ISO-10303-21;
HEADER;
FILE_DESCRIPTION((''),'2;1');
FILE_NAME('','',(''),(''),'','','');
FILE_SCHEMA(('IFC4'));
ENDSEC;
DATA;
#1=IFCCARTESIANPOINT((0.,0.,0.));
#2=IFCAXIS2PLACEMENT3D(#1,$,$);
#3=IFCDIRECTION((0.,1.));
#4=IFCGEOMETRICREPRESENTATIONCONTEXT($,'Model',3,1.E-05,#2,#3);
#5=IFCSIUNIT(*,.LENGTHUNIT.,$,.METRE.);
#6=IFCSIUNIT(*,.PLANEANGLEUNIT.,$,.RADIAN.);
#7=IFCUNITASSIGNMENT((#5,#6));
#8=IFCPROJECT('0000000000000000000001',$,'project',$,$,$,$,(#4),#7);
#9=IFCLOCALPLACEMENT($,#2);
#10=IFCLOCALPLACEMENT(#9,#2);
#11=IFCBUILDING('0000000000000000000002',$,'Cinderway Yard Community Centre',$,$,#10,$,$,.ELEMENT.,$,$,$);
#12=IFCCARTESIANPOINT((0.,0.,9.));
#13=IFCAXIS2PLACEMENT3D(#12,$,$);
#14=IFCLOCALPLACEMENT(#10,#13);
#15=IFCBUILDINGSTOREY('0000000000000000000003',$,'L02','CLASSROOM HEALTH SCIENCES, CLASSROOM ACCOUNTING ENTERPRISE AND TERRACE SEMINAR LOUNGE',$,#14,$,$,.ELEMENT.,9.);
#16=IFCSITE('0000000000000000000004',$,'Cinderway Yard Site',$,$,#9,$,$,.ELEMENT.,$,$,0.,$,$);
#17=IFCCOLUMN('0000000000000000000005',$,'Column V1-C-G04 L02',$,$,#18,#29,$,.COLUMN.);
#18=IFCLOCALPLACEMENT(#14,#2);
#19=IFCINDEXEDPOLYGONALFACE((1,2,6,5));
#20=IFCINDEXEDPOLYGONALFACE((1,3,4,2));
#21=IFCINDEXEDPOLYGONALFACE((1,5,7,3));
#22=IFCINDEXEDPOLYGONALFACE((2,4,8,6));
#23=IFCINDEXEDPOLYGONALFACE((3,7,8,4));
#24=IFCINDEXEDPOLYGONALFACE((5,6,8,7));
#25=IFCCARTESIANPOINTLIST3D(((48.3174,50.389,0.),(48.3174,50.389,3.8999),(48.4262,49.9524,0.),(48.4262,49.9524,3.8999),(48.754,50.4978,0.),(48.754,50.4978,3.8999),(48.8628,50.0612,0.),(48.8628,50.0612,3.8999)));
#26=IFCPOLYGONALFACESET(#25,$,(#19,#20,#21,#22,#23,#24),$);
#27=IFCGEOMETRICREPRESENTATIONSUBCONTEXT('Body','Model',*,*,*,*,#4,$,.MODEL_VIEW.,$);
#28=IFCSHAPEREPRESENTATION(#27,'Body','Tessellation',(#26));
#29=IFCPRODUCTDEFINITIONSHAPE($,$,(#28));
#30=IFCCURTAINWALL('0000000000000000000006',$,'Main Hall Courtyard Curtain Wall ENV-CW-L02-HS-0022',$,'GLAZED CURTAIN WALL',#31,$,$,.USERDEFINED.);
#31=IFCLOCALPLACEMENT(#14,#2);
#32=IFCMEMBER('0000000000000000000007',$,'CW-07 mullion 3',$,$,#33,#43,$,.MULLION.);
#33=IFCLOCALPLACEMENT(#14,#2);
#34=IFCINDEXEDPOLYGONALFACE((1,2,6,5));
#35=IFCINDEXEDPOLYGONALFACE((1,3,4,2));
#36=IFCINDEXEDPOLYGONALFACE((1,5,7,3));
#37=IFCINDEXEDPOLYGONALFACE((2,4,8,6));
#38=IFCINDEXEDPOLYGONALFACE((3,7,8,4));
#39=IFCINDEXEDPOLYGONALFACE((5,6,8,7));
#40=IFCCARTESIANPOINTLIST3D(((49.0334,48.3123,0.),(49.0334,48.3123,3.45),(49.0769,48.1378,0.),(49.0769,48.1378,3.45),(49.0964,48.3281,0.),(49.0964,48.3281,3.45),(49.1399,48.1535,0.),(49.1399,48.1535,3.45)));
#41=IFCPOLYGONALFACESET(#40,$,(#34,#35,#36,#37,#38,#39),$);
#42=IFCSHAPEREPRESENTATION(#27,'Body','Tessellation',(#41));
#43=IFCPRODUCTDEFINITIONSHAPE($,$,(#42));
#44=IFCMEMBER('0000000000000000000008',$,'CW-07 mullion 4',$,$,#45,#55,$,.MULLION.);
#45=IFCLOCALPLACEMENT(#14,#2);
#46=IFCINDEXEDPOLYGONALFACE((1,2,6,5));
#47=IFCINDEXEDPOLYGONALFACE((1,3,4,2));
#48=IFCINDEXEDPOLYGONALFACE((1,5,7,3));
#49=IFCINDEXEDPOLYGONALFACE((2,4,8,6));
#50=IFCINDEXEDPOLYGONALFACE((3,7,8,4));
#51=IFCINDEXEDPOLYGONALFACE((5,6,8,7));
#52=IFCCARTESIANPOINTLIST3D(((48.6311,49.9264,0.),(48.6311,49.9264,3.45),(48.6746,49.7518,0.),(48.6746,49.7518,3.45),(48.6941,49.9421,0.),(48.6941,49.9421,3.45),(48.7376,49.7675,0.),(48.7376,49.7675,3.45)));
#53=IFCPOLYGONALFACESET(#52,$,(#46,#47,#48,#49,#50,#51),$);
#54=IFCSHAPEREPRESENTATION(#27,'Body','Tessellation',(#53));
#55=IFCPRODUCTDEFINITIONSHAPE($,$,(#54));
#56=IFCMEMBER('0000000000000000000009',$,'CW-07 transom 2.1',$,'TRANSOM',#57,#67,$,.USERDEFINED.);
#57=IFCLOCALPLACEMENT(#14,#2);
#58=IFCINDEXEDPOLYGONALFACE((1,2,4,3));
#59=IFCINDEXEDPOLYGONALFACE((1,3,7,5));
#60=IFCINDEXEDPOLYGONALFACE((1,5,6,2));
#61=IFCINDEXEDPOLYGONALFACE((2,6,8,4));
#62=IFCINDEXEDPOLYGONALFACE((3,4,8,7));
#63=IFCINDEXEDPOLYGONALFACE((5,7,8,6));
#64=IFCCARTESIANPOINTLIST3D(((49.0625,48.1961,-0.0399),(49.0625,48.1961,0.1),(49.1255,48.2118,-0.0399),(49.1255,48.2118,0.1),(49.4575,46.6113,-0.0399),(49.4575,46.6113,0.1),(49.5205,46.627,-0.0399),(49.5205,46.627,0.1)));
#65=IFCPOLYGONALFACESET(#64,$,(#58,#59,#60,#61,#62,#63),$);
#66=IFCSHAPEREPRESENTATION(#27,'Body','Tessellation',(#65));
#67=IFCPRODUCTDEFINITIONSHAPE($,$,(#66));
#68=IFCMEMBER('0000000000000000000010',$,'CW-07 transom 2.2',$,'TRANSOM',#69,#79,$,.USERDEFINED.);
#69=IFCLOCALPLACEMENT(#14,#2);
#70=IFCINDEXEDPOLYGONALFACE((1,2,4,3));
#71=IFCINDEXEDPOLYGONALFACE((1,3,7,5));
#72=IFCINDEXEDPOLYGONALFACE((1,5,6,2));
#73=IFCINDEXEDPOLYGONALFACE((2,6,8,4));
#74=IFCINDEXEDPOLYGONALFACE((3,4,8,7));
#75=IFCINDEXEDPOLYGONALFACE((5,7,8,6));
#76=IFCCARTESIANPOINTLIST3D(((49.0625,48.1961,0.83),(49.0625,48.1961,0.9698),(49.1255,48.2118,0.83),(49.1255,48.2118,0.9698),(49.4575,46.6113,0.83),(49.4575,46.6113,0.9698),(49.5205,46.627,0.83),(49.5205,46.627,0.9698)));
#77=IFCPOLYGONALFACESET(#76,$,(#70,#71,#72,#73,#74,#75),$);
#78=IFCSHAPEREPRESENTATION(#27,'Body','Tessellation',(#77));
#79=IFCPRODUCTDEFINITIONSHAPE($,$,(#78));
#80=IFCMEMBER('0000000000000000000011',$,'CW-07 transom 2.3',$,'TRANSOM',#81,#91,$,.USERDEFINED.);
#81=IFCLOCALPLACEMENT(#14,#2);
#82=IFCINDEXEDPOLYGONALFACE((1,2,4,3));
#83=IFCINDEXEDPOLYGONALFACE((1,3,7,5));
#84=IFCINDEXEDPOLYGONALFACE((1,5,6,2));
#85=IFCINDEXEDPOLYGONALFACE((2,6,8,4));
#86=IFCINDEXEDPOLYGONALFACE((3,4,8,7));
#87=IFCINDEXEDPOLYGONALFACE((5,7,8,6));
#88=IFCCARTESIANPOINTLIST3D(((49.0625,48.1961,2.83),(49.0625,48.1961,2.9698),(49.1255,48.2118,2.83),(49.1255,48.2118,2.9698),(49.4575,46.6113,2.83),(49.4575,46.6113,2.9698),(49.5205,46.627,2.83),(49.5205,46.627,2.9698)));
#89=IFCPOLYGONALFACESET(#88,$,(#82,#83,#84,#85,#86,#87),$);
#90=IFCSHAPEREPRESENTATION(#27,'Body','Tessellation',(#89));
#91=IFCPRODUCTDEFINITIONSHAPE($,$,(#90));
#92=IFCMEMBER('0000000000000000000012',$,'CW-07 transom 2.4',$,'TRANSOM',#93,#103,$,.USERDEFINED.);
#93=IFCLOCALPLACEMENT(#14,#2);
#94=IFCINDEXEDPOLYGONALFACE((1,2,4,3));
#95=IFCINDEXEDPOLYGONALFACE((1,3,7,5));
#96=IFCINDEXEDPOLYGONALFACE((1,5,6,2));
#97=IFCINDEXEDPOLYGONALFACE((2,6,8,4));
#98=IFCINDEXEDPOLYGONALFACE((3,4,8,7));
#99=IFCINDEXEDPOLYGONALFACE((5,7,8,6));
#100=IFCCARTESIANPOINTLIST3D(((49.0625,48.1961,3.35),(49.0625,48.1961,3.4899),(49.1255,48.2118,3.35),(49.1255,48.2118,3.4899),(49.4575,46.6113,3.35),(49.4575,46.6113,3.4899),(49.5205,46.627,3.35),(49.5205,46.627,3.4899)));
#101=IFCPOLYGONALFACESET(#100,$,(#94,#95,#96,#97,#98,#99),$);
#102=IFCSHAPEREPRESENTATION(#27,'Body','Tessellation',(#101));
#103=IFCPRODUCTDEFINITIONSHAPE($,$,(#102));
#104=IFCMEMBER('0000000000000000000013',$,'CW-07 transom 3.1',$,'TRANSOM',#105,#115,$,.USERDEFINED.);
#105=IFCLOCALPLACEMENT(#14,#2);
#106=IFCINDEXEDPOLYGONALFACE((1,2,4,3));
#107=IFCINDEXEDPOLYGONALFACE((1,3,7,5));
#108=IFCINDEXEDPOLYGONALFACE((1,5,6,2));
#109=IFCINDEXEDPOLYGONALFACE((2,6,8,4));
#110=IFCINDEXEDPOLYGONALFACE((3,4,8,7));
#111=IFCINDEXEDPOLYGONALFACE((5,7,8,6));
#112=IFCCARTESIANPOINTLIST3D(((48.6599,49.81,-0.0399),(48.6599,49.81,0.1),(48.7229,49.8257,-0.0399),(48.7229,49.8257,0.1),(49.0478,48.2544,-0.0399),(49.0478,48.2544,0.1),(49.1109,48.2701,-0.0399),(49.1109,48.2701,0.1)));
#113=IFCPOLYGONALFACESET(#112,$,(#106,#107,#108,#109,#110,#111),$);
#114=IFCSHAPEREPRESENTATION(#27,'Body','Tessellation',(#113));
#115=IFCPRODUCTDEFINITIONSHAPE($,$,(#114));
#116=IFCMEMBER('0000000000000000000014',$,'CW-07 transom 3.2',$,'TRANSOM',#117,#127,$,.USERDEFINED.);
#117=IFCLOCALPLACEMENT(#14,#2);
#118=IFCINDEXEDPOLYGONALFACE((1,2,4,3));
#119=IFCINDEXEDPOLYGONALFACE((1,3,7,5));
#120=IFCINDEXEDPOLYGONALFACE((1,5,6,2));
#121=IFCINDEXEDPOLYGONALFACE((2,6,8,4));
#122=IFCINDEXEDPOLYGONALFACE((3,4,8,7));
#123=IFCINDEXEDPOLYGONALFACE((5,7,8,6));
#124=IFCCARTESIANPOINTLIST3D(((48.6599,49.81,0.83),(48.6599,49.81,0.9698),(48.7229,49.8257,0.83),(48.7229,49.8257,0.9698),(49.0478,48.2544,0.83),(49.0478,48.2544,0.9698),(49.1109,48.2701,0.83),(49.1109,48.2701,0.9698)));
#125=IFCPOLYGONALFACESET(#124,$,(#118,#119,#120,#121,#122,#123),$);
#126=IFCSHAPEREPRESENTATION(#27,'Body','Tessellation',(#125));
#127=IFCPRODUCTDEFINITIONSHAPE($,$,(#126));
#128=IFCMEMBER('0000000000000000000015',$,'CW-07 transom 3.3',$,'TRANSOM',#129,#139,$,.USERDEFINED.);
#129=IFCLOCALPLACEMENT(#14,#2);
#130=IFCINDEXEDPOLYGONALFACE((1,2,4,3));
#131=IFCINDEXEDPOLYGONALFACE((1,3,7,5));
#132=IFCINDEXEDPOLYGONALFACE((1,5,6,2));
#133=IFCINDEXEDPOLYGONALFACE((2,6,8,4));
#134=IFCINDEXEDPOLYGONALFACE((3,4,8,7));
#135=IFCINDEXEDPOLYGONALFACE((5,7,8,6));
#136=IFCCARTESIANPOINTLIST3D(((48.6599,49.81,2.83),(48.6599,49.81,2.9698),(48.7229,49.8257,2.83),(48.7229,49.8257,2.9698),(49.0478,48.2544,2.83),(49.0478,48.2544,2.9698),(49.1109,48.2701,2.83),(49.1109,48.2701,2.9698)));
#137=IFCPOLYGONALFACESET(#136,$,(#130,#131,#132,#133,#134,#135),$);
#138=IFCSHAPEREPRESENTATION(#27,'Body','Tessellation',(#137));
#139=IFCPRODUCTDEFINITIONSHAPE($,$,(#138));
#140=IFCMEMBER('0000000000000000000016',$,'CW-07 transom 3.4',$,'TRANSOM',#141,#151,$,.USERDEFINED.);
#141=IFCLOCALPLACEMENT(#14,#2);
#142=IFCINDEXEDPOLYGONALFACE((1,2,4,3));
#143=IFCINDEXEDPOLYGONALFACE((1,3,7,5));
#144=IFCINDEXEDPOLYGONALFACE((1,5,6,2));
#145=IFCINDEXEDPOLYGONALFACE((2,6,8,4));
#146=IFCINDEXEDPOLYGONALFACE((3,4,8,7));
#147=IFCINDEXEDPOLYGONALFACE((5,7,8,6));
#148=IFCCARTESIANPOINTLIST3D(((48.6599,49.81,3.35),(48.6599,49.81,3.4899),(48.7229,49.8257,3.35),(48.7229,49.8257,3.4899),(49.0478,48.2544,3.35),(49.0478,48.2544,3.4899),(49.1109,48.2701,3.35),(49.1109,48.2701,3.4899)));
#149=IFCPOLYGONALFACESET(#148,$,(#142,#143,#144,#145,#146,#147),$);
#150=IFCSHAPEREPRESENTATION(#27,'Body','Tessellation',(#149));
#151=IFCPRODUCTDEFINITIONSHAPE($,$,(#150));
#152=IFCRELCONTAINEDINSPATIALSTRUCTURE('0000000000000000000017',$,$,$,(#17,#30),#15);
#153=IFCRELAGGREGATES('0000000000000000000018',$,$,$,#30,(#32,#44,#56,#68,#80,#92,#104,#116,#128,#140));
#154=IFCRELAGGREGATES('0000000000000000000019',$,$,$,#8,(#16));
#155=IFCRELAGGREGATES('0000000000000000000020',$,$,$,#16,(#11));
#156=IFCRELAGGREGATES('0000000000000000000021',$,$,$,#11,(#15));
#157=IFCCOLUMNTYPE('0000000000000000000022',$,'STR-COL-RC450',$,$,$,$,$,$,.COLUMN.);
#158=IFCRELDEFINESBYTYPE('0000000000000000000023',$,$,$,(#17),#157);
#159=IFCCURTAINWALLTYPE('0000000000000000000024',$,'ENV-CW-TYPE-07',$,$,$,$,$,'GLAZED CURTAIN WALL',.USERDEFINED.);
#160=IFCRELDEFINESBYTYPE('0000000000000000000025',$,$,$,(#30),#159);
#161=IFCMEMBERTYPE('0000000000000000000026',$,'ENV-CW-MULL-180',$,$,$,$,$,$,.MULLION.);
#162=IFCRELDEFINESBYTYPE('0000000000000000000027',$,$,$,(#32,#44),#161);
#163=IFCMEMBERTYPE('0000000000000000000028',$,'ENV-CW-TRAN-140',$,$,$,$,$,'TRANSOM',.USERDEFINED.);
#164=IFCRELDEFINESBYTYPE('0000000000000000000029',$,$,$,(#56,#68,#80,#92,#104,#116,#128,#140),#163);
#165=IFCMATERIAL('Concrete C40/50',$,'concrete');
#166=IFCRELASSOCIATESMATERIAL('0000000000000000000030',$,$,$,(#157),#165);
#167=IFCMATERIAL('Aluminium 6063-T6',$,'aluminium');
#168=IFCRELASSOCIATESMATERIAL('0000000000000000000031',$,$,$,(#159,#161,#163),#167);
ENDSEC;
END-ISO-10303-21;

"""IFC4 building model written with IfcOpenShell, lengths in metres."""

from ifc_helpers import new_model, si_unit, direction, frame, origin, origin_2d, place, context, subcontext, project, spatial, rectangle, extrude, material, material_profile, profile_set, type_object, element, aggregate, save


model = new_model("IFC4")

# Units and contexts
model_context = context("Model", 3, precision=1e-05, world=origin(), true_north=direction((0.0, 1.0)))
body_context = subcontext(model_context, "Body", "Model", "MODEL_VIEW")
ifc_project = project(units=[si_unit("LENGTHUNIT", "METRE"), si_unit("PLANEANGLEUNIT", "RADIAN")], contexts=[model_context])

# Site, building, storey
site_placement = place(None, origin())
site = spatial("IfcSite", under=ifc_project, at=site_placement, Name="Cinderway Yard Site", CompositionType="ELEMENT", RefElevation=0.0)
building_placement = place(site_placement, origin())
building = spatial("IfcBuilding", under=site, at=building_placement, Name="Cinderway Yard Community Centre", CompositionType="ELEMENT")
storey_placement = place(building_placement, frame((0.0, 0.0, 9.0)))
storey = spatial("IfcBuildingStorey", under=building, at=storey_placement, Name="L02", Description="CLASSROOM HEALTH SCIENCES, CLASSROOM ACCOUNTING ENTERPRISE AND TERRACE SEMINAR LOUNGE", CompositionType="ELEMENT", Elevation=9.0)

# Column
ifc_material_1 = material(Name="Concrete C40/50", Category="concrete")
ifc_material_profile_1 = material_profile(ifc_material_1, rectangle(XDim=0.45, YDim=0.45, at=origin_2d()), Name="Concrete C40/50")
ifc_profile_set_1 = profile_set([ifc_material_profile_1], Name="Concrete C40/50")
column_type = type_object("IfcColumnType", Name="STR-COL-RC450", PredefinedType="COLUMN", material=ifc_profile_set_1)
column_placement = place(storey_placement, frame((48.5901, 50.2251, 0.0), z_axis=(0.0, 0.0, 1.0), x_axis=(0.970296, 0.241922, 0.0)))
element("IfcColumn", 1, at=column_placement, inside=storey, type_object=column_type, Name="Column V1-C-G04 L02", PredefinedType="COLUMN", context=body_context, shape_type="SweptSolid", body=[
    extrude(rectangle(XDim=0.45, YDim=0.45, at=origin_2d()), origin(), (0.0, 0.0, 1.0), 3.8999),
])

# Curtain wall, members
ifc_material_2 = material(Name="Aluminium 6063-T6", Category="aluminium")
curtain_wall_type = type_object("IfcCurtainWallType", Name="ENV-CW-TYPE-07", ElementType="GLAZED CURTAIN WALL", PredefinedType="USERDEFINED", material=ifc_material_2)
curtain_wall_placement = place(storey_placement, origin())
curtain_wall = element("IfcCurtainWall", 2, at=curtain_wall_placement, inside=storey, type_object=curtain_wall_type, Name="Main Hall Courtyard Curtain Wall ENV-CW-L02-HS-0022", ObjectType="GLAZED CURTAIN WALL", PredefinedType="USERDEFINED")
ifc_material_profile_2 = material_profile(ifc_material_2, rectangle(XDim=0.0649, YDim=0.1799, at=origin_2d()), Name="Aluminium 6063-T6")
ifc_profile_set_2 = profile_set([ifc_material_profile_2], Name="Aluminium 6063-T6")
member_type_1 = type_object("IfcMemberType", Name="ENV-CW-MULL-180", PredefinedType="MULLION", material=ifc_profile_set_2)
member_1_placement = place(storey_placement, frame((49.0867, 48.2329, 0.0), z_axis=(0.0, 0.0, 1.0), x_axis=(-0.970293, -0.241933, 0.0)))
member_1 = element("IfcMember", 3, at=member_1_placement, type_object=member_type_1, Name="CW-07 mullion 3", PredefinedType="MULLION", context=body_context, shape_type="SweptSolid", body=[
    extrude(rectangle(XDim=0.0649, YDim=0.1799, at=origin_2d()), origin(), (0.0, 0.0, 1.0), 3.45),
])
member_2_placement = place(storey_placement, frame((48.6843, 49.8469, 0.0), z_axis=(0.0, 0.0, 1.0), x_axis=(-0.970293, -0.241933, 0.0)))
member_2 = element("IfcMember", 4, at=member_2_placement, type_object=member_type_1, Name="CW-07 mullion 4", PredefinedType="MULLION", context=body_context, shape_type="SweptSolid", body=[
    extrude(rectangle(XDim=0.0649, YDim=0.1799, at=origin_2d()), origin(), (0.0, 0.0, 1.0), 3.45),
])
ifc_material_profile_3 = material_profile(ifc_material_2, rectangle(XDim=0.0649, YDim=0.1399, at=origin_2d()), Name="Aluminium 6063-T6")
ifc_profile_set_3 = profile_set([ifc_material_profile_3], Name="Aluminium 6063-T6")
member_type_2 = type_object("IfcMemberType", Name="ENV-CW-TRAN-140", ElementType="TRANSOM", PredefinedType="USERDEFINED", material=ifc_profile_set_3)
member_3_placement = place(storey_placement, frame((49.489, 46.6191, 0.03), z_axis=(-0.241867, 0.970309, 0.0), x_axis=(-0.970309, -0.241867, 0.0)))
member_3 = element("IfcMember", 5, at=member_3_placement, type_object=member_type_2, Name="CW-07 transom 2.1", ObjectType="TRANSOM", PredefinedType="USERDEFINED", context=body_context, shape_type="SweptSolid", body=[
    extrude(rectangle(XDim=0.0649, YDim=0.1399, at=origin_2d()), origin(), (0.0, 0.0, 1.0), 1.6333),
])
member_4_placement = place(storey_placement, frame((49.489, 46.6191, 0.8999), z_axis=(-0.241867, 0.970309, 0.0), x_axis=(-0.970309, -0.241867, 0.0)))
member_4 = element("IfcMember", 6, at=member_4_placement, type_object=member_type_2, Name="CW-07 transom 2.2", ObjectType="TRANSOM", PredefinedType="USERDEFINED", context=body_context, shape_type="SweptSolid", body=[
    extrude(rectangle(XDim=0.0649, YDim=0.1399, at=origin_2d()), origin(), (0.0, 0.0, 1.0), 1.6333),
])
member_5_placement = place(storey_placement, frame((49.489, 46.6191, 2.8999), z_axis=(-0.241867, 0.970309, 0.0), x_axis=(-0.970309, -0.241867, 0.0)))
member_5 = element("IfcMember", 7, at=member_5_placement, type_object=member_type_2, Name="CW-07 transom 2.3", ObjectType="TRANSOM", PredefinedType="USERDEFINED", context=body_context, shape_type="SweptSolid", body=[
    extrude(rectangle(XDim=0.0649, YDim=0.1399, at=origin_2d()), origin(), (0.0, 0.0, 1.0), 1.6333),
])
member_6_placement = place(storey_placement, frame((49.489, 46.6191, 3.4199), z_axis=(-0.241867, 0.970309, 0.0), x_axis=(-0.970309, -0.241867, 0.0)))
member_6 = element("IfcMember", 8, at=member_6_placement, type_object=member_type_2, Name="CW-07 transom 2.4", ObjectType="TRANSOM", PredefinedType="USERDEFINED", context=body_context, shape_type="SweptSolid", body=[
    extrude(rectangle(XDim=0.0649, YDim=0.1399, at=origin_2d()), origin(), (0.0, 0.0, 1.0), 1.6333),
])
member_7_placement = place(storey_placement, frame((49.0793, 48.2622, 0.03), z_axis=(-0.241962, 0.970286, 0.0), x_axis=(-0.970286, -0.241962, 0.0)))
member_7 = element("IfcMember", 9, at=member_7_placement, type_object=member_type_2, Name="CW-07 transom 3.1", ObjectType="TRANSOM", PredefinedType="USERDEFINED", context=body_context, shape_type="SweptSolid", body=[
    extrude(rectangle(XDim=0.0649, YDim=0.1399, at=origin_2d()), origin(), (0.0, 0.0, 1.0), 1.6033),
])
member_8_placement = place(storey_placement, frame((49.0793, 48.2622, 0.8999), z_axis=(-0.241962, 0.970286, 0.0), x_axis=(-0.970286, -0.241962, 0.0)))
member_8 = element("IfcMember", 10, at=member_8_placement, type_object=member_type_2, Name="CW-07 transom 3.2", ObjectType="TRANSOM", PredefinedType="USERDEFINED", context=body_context, shape_type="SweptSolid", body=[
    extrude(rectangle(XDim=0.0649, YDim=0.1399, at=origin_2d()), origin(), (0.0, 0.0, 1.0), 1.6033),
])
member_9_placement = place(storey_placement, frame((49.0793, 48.2622, 2.8999), z_axis=(-0.241962, 0.970286, 0.0), x_axis=(-0.970286, -0.241962, 0.0)))
member_9 = element("IfcMember", 11, at=member_9_placement, type_object=member_type_2, Name="CW-07 transom 3.3", ObjectType="TRANSOM", PredefinedType="USERDEFINED", context=body_context, shape_type="SweptSolid", body=[
    extrude(rectangle(XDim=0.0649, YDim=0.1399, at=origin_2d()), origin(), (0.0, 0.0, 1.0), 1.6033),
])
member_10_placement = place(storey_placement, frame((49.0793, 48.2622, 3.4199), z_axis=(-0.241962, 0.970286, 0.0), x_axis=(-0.970286, -0.241962, 0.0)))
member_10 = element("IfcMember", 12, at=member_10_placement, type_object=member_type_2, Name="CW-07 transom 3.4", ObjectType="TRANSOM", PredefinedType="USERDEFINED", context=body_context, shape_type="SweptSolid", body=[
    extrude(rectangle(XDim=0.0649, YDim=0.1399, at=origin_2d()), origin(), (0.0, 0.0, 1.0), 1.6033),
])

aggregate(curtain_wall, [member_1, member_2, member_3, member_4, member_5, member_6, member_7, member_8, member_9, member_10])

save(model, "model.ifc")
